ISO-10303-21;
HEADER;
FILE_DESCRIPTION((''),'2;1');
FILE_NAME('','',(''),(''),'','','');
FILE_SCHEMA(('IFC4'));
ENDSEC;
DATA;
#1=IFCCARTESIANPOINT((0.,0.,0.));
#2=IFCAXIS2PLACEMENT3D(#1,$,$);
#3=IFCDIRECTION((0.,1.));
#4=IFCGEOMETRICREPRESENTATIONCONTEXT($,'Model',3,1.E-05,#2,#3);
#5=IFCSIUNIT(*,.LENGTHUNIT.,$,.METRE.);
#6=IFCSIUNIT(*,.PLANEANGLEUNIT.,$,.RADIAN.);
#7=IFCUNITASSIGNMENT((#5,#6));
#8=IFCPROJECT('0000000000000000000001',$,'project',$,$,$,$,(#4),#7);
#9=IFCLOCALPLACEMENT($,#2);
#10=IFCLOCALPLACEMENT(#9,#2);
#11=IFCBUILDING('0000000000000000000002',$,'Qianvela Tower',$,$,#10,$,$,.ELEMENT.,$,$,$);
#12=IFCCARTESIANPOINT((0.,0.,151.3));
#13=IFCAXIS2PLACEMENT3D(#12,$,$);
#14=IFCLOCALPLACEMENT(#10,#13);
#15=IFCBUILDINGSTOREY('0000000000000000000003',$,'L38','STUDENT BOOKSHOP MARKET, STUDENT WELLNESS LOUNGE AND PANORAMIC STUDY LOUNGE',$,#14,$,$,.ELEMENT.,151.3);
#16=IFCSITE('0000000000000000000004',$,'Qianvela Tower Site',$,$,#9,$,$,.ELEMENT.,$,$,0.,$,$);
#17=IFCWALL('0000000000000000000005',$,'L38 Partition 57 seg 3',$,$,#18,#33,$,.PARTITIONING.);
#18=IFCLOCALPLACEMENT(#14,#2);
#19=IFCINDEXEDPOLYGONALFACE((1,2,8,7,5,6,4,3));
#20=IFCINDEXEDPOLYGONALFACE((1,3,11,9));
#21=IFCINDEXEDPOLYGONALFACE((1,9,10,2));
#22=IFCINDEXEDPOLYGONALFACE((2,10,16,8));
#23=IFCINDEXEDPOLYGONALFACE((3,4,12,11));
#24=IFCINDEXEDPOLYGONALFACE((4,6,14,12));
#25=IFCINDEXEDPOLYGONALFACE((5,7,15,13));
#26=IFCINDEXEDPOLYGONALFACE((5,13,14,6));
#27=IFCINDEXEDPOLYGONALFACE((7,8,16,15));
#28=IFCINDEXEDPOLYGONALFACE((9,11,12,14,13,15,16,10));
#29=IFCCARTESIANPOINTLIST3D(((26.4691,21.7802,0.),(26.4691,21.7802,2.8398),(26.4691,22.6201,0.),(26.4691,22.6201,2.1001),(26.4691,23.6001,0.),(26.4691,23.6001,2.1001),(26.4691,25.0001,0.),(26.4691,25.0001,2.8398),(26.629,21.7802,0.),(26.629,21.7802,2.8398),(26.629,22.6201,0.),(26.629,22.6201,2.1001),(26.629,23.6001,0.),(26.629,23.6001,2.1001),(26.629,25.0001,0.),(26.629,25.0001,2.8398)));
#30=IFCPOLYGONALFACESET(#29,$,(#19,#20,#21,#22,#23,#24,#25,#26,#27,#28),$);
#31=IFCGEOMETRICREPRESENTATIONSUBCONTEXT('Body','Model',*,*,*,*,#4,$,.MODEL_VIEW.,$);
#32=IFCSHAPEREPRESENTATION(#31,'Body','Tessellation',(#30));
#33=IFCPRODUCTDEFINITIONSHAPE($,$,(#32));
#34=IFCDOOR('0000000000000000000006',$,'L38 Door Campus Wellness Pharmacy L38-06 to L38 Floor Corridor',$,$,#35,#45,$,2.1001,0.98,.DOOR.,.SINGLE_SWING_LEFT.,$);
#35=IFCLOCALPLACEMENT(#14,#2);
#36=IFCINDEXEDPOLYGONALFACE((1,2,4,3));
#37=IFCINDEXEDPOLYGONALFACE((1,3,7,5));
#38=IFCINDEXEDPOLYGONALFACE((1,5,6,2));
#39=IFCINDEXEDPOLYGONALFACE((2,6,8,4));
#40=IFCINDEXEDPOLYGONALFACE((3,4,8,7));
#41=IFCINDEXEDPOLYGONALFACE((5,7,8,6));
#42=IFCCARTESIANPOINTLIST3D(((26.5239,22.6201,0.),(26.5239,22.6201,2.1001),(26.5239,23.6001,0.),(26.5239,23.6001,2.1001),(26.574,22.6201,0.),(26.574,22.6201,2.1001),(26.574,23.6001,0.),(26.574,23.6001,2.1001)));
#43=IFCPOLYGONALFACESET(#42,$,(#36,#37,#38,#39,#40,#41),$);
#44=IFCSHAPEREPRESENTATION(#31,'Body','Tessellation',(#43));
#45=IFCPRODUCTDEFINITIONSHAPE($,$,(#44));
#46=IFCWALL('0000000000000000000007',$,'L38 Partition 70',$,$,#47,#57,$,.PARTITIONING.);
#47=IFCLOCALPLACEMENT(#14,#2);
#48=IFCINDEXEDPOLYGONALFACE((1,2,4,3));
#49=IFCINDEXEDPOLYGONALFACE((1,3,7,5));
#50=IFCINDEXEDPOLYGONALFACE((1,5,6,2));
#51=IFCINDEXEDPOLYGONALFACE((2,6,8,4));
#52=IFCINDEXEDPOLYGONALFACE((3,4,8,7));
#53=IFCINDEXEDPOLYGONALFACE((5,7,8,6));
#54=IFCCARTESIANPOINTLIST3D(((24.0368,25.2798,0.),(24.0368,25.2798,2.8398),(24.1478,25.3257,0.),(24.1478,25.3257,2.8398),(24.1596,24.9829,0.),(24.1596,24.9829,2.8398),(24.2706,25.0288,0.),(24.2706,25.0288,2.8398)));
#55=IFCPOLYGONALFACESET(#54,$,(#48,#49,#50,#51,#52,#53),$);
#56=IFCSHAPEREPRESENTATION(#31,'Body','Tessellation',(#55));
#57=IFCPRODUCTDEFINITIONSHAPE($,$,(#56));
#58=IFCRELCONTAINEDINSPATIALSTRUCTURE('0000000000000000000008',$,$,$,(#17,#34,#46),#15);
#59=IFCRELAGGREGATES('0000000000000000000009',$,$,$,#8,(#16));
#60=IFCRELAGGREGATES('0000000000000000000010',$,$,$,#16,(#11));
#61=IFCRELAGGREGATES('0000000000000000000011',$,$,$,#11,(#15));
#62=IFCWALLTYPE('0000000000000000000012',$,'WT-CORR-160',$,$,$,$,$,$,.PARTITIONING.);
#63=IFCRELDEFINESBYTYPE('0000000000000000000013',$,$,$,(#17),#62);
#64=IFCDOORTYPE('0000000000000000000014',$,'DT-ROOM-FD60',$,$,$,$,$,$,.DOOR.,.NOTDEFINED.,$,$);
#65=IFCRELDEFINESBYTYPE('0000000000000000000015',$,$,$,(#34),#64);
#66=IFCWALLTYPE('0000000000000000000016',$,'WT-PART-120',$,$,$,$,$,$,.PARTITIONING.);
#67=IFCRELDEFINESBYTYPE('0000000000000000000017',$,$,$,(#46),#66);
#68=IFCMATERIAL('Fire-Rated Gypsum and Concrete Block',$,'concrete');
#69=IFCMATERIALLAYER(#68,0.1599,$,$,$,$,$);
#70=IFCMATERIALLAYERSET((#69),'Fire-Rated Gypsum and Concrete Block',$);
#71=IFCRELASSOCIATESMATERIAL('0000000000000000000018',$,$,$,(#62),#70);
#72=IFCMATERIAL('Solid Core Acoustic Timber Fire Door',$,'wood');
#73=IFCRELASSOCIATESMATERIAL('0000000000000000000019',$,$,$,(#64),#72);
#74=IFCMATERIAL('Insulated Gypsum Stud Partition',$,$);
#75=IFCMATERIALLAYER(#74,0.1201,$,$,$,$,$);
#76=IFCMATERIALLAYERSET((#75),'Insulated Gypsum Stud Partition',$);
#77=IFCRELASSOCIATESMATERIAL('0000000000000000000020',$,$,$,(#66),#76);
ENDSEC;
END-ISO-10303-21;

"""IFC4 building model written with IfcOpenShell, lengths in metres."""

from ifc_helpers import new_model, si_unit, direction, frame, frame_2d, origin, place, context, subcontext, project, spatial, rectangle, extrude, material, layer, layer_set, type_object, element, fill, save


model = new_model("IFC4")

# Units and contexts
model_context = context("Model", 3, precision=1e-05, world=origin(), true_north=direction((0.0, 1.0)))
body_context = subcontext(model_context, "Body", "Model", "MODEL_VIEW")
ifc_project = project(units=[si_unit("LENGTHUNIT", "METRE"), si_unit("PLANEANGLEUNIT", "RADIAN")], contexts=[model_context])

# Site, building, storey
site_placement = place(None, origin())
site = spatial("IfcSite", under=ifc_project, at=site_placement, Name="Qianvela Tower Site", CompositionType="ELEMENT", RefElevation=0.0)
building_placement = place(site_placement, origin())
building = spatial("IfcBuilding", under=site, at=building_placement, Name="Qianvela Tower", CompositionType="ELEMENT")
storey_placement = place(building_placement, frame((0.0, 0.0, 151.3)))
storey = spatial("IfcBuildingStorey", under=building, at=storey_placement, Name="L38", Description="STUDENT BOOKSHOP MARKET, STUDENT WELLNESS LOUNGE AND PANORAMIC STUDY LOUNGE", CompositionType="ELEMENT", Elevation=151.3)

# Shared definitions
ifc_material_1 = material(Name="Fire-Rated Gypsum and Concrete Block", Category="concrete")
ifc_layer_1 = layer(ifc_material_1, 0.1599)
ifc_layer_set_1 = layer_set([ifc_layer_1], Name="Fire-Rated Gypsum and Concrete Block")
wall_type_1 = type_object("IfcWallType", Name="WT-CORR-160", PredefinedType="PARTITIONING", material=ifc_layer_set_1)

# Wall, opening, door
wall_1_placement = place(storey_placement, frame((26.5491, 25.0, 0.0), z_axis=(0.0, 0.0, 1.0), x_axis=(0.0, -1.0, 0.0)))
wall_1 = element("IfcWall", 1, at=wall_1_placement, inside=storey, type_object=wall_type_1, Name="L38 Partition 57 seg 3", PredefinedType="PARTITIONING", context=body_context, shape_type="SweptSolid", body=[
    extrude(rectangle(XDim=3.22, YDim=0.1599, at=frame_2d((1.6099, 0.0))), origin(), (0.0, 0.0, 1.0), 2.8398),
])
opening_1_placement = place(wall_1_placement, frame((1.3999, 0.0, 0.0)))
opening_1 = element("IfcOpeningElement", 2, at=opening_1_placement, cuts=wall_1, PredefinedType="OPENING", context=body_context, shape_type="SweptSolid", body=[
    extrude(rectangle(XDim=0.98, YDim=2.1001, at=frame_2d((0.49, 1.05))), frame((0.0, 0.0898, 0.0), z_axis=(0.0, -1.0, 0.0), x_axis=(1.0, 0.0, 0.0)), (0.0, 0.0, 1.0), 0.1799),
])
ifc_material_2 = material(Name="Solid Core Acoustic Timber Fire Door", Category="wood")
door_type_1 = type_object("IfcDoorType", Name="DT-ROOM-FD60", OperationType="NOTDEFINED", PredefinedType="DOOR", material=ifc_material_2)
door_1_placement = place(opening_1_placement, origin())
door_1 = element("IfcDoor", 3, at=door_1_placement, inside=storey, type_object=door_type_1, Name="L38 Door Campus Wellness Pharmacy L38-06 to L38 Floor Corridor", OperationType="SINGLE_SWING_LEFT", OverallHeight=2.1001, OverallWidth=0.98, PredefinedType="DOOR", context=body_context, shape_type="SweptSolid", body=[
    extrude(rectangle(XDim=0.98, YDim=2.1001, at=frame_2d((0.49, 1.05))), frame((0.0, 0.0249, 0.0), z_axis=(0.0, -1.0, 0.0), x_axis=(1.0, 0.0, 0.0)), (0.0, 0.0, 1.0), 0.05),
])
fill(opening_1, door_1)

# Wall
ifc_material_3 = material(Name="Insulated Gypsum Stud Partition")
ifc_layer_2 = layer(ifc_material_3, 0.1201)
ifc_layer_set_2 = layer_set([ifc_layer_2], Name="Insulated Gypsum Stud Partition")
wall_type_2 = type_object("IfcWallType", Name="WT-PART-120", PredefinedType="PARTITIONING", material=ifc_layer_set_2)
wall_2_placement = place(storey_placement, frame((24.0923, 25.3027, 0.0), z_axis=(0.0, 0.0, 1.0), x_axis=(0.38224, -0.924063, 0.0)))
element("IfcWall", 4, at=wall_2_placement, inside=storey, type_object=wall_type_2, Name="L38 Partition 70", PredefinedType="PARTITIONING", context=body_context, shape_type="SweptSolid", body=[
    extrude(rectangle(XDim=0.3213, YDim=0.1201, at=frame_2d((0.1606, 0.0))), origin(), (0.0, 0.0, 1.0), 2.8398),
])

save(model, "model.ifc")
